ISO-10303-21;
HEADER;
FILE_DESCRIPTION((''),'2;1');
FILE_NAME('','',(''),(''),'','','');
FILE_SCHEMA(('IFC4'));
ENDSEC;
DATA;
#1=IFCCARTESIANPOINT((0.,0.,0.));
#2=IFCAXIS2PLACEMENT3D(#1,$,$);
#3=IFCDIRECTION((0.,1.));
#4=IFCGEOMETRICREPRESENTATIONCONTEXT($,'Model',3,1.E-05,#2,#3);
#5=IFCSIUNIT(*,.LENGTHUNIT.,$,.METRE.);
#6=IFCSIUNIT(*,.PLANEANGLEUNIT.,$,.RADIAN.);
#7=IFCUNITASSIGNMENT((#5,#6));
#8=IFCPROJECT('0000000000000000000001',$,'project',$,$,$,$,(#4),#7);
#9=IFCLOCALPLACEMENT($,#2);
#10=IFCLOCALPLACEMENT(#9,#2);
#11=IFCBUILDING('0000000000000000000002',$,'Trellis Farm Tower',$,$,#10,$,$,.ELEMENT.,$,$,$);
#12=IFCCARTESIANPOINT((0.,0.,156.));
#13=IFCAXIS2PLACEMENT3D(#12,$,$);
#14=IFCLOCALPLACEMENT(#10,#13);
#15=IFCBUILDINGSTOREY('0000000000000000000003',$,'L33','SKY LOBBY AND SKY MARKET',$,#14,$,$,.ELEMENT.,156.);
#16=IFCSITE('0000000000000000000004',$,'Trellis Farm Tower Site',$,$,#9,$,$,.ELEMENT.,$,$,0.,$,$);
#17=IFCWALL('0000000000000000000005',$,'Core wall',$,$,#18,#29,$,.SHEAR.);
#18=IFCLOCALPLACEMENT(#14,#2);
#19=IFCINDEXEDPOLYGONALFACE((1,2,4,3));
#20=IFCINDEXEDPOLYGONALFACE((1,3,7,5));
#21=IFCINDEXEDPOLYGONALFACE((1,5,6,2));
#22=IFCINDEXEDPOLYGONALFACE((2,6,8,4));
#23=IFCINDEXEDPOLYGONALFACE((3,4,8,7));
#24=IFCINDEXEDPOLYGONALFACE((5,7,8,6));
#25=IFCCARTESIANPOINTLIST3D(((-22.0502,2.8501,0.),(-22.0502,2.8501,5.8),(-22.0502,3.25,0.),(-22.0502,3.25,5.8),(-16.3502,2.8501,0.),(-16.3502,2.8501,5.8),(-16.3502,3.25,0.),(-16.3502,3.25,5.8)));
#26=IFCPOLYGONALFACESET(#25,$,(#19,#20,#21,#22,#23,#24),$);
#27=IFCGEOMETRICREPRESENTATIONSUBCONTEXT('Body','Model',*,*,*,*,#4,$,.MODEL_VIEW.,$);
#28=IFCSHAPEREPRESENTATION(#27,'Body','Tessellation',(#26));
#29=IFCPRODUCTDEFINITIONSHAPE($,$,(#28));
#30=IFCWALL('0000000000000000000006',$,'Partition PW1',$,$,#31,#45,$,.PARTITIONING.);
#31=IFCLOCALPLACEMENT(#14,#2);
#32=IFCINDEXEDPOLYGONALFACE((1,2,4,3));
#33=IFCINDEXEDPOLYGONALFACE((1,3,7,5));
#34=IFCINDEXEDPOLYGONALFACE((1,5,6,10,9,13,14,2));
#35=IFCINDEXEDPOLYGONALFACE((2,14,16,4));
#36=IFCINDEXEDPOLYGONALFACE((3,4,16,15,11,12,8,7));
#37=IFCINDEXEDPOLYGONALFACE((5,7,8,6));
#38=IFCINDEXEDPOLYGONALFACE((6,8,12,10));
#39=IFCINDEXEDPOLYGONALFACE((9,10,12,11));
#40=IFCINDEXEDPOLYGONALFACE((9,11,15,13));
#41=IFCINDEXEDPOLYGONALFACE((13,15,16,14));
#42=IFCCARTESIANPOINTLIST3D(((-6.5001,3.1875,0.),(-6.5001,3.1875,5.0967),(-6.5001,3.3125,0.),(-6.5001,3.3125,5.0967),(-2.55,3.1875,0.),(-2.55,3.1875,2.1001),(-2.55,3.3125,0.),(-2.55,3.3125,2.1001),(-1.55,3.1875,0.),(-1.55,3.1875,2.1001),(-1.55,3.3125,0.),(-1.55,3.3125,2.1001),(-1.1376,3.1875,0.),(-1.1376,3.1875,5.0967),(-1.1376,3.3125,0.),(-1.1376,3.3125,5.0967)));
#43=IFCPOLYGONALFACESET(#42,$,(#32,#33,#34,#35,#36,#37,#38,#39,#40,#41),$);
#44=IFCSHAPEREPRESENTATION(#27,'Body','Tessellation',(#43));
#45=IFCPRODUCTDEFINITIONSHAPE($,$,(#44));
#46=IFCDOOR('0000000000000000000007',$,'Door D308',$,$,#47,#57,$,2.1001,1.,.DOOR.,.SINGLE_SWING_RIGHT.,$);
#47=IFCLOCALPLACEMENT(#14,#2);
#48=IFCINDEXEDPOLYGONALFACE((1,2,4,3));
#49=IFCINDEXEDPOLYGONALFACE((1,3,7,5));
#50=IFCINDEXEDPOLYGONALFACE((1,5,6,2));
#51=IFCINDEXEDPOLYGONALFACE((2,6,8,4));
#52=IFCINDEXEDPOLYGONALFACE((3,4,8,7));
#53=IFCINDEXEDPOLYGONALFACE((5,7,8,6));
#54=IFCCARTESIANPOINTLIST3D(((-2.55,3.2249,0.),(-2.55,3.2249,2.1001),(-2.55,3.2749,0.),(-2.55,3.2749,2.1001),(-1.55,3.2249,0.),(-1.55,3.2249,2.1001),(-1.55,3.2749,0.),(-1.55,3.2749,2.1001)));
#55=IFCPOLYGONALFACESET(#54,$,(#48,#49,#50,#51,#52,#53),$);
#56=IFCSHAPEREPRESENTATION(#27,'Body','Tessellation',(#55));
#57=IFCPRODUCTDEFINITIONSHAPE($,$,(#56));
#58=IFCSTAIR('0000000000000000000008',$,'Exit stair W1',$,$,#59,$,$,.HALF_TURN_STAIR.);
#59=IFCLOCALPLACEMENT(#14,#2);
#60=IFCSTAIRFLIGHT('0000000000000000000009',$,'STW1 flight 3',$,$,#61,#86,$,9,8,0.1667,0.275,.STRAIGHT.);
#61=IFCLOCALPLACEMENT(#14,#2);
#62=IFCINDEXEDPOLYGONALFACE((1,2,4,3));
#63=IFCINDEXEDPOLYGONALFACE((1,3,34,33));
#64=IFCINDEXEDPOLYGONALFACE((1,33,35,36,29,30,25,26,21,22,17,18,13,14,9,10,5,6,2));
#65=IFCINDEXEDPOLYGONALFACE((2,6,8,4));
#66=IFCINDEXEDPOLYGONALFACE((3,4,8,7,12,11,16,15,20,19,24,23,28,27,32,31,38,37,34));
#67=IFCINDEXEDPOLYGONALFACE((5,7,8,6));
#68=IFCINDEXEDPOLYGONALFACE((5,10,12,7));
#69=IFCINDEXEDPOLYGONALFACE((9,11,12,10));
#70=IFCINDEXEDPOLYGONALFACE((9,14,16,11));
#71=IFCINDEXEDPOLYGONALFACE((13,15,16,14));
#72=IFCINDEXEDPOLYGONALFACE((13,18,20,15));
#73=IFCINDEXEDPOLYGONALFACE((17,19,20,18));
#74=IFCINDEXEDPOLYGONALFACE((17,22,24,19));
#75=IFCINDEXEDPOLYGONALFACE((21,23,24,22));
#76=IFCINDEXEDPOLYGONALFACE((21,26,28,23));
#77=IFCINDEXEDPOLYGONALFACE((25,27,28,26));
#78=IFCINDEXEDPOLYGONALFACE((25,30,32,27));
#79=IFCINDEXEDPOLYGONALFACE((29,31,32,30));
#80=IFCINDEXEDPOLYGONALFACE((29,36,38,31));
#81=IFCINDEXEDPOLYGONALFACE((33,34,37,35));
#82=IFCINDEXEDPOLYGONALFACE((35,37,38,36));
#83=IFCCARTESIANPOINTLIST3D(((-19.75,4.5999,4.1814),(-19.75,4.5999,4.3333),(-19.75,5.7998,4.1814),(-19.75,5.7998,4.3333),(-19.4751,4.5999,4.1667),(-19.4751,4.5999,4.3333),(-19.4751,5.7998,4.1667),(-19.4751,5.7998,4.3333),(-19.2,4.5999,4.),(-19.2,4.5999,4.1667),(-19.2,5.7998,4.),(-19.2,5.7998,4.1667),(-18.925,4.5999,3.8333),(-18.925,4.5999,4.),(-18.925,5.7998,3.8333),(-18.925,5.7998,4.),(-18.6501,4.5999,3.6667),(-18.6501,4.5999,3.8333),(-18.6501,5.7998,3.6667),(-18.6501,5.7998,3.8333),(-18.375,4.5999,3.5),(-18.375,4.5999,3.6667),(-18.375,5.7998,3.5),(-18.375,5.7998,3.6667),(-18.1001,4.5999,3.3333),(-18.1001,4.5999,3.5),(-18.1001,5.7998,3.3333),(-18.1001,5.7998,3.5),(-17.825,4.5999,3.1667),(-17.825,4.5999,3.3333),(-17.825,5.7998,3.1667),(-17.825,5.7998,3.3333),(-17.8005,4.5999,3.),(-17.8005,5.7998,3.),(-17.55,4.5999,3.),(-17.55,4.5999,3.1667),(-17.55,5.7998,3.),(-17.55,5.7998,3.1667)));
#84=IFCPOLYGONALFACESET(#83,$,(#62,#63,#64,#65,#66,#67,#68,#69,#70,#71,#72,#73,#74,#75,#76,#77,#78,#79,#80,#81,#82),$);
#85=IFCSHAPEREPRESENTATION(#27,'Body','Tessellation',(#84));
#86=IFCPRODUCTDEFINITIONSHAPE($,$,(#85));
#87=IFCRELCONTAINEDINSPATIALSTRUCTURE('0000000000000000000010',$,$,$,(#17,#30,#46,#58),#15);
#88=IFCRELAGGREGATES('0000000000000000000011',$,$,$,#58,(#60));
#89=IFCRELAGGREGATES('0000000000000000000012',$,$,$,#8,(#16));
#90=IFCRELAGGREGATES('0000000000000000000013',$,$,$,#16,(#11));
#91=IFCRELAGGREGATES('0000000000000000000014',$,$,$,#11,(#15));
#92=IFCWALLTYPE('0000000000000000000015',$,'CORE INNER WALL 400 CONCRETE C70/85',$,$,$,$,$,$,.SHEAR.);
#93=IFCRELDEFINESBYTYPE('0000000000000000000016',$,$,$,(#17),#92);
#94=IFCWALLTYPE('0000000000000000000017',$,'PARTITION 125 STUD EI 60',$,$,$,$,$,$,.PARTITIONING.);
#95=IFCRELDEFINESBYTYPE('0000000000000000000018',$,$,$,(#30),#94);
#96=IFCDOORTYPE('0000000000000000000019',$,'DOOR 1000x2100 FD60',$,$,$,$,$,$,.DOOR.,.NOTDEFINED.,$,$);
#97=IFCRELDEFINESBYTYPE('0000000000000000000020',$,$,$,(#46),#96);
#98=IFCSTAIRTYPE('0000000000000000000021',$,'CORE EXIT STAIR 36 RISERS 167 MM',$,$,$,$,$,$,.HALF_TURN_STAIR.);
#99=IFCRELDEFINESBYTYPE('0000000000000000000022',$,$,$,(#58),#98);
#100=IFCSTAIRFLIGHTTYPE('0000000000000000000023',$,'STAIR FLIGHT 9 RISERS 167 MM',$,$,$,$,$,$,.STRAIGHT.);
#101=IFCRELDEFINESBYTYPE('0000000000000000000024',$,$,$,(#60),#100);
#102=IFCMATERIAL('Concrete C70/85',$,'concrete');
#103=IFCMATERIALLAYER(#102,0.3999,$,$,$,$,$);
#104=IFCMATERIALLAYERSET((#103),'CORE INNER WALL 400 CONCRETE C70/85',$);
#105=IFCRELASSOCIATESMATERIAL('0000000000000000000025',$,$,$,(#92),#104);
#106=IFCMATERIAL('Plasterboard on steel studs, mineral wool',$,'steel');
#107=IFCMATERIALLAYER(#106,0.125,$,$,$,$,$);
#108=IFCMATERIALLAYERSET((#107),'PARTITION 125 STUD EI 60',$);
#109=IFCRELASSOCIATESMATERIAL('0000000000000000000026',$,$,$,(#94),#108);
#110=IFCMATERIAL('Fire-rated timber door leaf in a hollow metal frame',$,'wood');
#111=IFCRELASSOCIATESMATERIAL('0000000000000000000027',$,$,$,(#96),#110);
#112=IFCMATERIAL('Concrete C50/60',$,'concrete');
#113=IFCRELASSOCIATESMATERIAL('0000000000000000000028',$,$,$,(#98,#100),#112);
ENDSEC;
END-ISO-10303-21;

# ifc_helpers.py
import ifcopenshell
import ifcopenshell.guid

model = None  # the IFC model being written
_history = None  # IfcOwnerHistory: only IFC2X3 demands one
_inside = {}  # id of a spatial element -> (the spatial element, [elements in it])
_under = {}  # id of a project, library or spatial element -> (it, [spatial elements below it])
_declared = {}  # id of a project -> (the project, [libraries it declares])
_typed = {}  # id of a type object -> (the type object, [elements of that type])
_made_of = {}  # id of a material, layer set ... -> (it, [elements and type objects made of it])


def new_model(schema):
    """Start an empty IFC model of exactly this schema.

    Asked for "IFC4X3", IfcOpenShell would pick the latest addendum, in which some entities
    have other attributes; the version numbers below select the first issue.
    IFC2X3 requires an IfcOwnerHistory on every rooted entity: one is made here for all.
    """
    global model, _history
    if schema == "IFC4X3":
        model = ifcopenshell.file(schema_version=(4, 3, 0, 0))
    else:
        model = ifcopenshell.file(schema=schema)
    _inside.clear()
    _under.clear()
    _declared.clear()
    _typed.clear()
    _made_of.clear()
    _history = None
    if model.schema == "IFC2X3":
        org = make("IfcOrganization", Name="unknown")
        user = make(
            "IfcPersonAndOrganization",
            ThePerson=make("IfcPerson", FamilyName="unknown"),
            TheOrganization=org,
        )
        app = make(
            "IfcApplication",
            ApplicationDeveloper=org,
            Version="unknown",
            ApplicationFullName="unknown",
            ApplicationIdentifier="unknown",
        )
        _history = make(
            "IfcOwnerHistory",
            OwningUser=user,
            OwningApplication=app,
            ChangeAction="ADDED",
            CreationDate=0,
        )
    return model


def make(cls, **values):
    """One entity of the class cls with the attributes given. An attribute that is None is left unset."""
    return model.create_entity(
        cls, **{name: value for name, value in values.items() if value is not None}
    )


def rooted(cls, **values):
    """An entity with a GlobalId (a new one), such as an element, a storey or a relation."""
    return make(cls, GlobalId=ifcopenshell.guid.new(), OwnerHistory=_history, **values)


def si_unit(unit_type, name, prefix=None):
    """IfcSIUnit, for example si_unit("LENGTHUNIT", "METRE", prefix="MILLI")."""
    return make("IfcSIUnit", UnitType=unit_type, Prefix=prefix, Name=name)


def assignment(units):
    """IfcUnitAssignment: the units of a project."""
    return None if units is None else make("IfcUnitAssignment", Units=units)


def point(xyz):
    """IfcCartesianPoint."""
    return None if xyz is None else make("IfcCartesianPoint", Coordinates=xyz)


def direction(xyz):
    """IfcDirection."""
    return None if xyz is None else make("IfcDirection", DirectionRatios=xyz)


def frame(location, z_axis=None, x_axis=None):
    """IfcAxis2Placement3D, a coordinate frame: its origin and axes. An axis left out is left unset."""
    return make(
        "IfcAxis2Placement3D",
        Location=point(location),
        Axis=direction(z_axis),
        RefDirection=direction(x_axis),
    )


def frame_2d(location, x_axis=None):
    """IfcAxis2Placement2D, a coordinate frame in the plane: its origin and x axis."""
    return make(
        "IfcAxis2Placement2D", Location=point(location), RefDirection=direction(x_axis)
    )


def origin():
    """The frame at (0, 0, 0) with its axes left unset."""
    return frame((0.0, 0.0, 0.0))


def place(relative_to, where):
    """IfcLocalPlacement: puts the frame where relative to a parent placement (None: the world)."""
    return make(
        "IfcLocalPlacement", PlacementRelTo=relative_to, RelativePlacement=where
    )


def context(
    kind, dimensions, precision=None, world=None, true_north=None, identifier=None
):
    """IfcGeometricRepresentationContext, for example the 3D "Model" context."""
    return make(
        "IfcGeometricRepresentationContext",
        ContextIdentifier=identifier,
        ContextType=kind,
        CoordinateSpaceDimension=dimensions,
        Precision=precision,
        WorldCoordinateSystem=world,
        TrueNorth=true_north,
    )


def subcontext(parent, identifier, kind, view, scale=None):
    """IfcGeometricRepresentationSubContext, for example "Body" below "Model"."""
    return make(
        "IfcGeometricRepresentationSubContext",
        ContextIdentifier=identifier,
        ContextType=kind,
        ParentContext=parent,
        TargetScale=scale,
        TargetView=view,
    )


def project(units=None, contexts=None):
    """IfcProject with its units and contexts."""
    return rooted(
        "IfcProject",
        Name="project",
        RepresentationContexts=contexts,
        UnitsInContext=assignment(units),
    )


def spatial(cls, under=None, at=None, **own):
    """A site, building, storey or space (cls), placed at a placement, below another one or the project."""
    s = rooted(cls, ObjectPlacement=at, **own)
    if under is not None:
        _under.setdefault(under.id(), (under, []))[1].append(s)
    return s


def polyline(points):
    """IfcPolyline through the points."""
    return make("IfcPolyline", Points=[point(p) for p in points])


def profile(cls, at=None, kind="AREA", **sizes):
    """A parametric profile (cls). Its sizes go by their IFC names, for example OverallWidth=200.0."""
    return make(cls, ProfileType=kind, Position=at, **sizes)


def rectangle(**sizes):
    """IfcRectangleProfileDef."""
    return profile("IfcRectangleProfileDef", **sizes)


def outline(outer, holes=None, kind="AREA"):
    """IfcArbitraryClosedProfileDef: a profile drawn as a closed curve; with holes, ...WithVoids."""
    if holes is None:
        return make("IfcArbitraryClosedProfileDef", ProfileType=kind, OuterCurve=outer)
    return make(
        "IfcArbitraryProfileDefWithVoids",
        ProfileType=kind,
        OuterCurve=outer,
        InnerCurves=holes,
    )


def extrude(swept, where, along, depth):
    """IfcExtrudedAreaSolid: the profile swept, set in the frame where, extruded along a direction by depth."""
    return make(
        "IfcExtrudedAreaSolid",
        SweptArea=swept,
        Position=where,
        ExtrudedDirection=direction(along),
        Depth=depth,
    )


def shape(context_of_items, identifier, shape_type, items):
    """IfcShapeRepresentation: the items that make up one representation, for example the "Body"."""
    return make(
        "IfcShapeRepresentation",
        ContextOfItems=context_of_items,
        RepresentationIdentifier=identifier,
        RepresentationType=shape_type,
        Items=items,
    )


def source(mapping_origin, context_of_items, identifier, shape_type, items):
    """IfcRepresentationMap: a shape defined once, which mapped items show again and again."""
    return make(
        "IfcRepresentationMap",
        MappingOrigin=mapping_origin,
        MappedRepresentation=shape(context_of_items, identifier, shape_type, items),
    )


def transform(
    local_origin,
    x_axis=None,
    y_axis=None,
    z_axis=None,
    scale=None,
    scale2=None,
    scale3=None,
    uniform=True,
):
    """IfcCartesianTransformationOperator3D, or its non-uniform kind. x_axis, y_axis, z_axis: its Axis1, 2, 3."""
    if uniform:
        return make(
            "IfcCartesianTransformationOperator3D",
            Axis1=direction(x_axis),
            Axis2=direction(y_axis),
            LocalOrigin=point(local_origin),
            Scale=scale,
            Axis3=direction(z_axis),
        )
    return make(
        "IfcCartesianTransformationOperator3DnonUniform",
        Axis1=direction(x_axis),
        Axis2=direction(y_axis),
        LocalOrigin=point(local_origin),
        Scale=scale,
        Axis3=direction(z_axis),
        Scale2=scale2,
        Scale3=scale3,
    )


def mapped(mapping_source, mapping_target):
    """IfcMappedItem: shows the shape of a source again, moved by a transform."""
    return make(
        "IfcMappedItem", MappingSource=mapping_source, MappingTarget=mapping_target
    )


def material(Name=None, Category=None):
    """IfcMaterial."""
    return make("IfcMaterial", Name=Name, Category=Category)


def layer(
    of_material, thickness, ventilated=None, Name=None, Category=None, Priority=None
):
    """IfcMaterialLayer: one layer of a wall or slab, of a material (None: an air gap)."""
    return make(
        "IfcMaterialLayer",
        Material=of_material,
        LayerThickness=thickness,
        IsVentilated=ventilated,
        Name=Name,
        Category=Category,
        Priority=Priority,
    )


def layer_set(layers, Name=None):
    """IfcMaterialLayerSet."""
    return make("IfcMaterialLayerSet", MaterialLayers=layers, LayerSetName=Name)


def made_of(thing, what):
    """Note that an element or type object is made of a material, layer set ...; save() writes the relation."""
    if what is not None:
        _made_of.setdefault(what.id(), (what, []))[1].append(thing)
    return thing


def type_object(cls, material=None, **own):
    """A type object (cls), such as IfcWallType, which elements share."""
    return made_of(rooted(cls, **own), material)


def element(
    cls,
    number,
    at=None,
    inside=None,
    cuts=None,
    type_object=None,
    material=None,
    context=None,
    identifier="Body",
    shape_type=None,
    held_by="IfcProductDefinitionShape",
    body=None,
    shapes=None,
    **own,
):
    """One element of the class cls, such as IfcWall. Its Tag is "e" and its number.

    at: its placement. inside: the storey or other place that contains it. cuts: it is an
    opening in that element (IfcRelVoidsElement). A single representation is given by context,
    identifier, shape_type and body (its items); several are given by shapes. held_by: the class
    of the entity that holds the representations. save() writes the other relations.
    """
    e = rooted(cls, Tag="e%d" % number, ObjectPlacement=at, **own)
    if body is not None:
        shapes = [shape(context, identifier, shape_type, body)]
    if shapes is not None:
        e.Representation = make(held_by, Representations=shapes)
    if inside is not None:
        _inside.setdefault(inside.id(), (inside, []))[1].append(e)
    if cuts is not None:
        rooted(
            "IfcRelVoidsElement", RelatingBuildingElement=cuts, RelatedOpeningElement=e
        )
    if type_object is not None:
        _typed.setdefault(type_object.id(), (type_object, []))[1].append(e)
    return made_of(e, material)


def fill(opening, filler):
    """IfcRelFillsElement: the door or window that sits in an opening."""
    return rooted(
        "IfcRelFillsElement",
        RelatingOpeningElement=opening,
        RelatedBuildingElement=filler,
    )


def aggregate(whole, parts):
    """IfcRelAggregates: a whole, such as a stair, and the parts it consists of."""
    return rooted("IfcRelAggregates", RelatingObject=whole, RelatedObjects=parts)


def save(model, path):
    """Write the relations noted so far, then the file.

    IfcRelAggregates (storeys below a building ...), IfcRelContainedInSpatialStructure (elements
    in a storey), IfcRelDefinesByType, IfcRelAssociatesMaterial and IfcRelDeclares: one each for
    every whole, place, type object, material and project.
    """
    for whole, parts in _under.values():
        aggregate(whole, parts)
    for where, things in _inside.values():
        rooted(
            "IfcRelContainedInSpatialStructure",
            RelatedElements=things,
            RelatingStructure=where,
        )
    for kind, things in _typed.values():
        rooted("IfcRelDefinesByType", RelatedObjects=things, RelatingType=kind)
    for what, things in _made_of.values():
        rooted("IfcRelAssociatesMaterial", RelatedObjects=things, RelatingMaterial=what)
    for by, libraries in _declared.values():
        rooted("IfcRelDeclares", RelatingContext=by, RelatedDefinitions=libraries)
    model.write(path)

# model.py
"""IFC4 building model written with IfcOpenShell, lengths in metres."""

from ifc_helpers import new_model, si_unit, direction, frame, frame_2d, origin, place, context, subcontext, project, spatial, polyline, rectangle, outline, extrude, source, transform, mapped, material, layer, layer_set, type_object, element, fill, aggregate, save


model = new_model("IFC4")

# Units and contexts
model_context = context("Model", 3, precision=1e-05, world=origin(), true_north=direction((0.0, 1.0)))
body_context = subcontext(model_context, "Body", "Model", "MODEL_VIEW")
ifc_project = project(units=[si_unit("LENGTHUNIT", "METRE"), si_unit("PLANEANGLEUNIT", "RADIAN")], contexts=[model_context])

# Site, building, storey
site_placement = place(None, origin())
site = spatial("IfcSite", under=ifc_project, at=site_placement, Name="Trellis Farm Tower Site", CompositionType="ELEMENT", RefElevation=0.0)
building_placement = place(site_placement, origin())
building = spatial("IfcBuilding", under=site, at=building_placement, Name="Trellis Farm Tower", CompositionType="ELEMENT")
storey_placement = place(building_placement, frame((0.0, 0.0, 156.0)))
storey = spatial("IfcBuildingStorey", under=building, at=storey_placement, Name="L33", Description="SKY LOBBY AND SKY MARKET", CompositionType="ELEMENT", Elevation=156.0)

# Shared definitions
ifc_material_1 = material(Name="Concrete C70/85", Category="concrete")

# Shared definitions
placement = place(storey_placement, origin())

# Shared definitions
ifc_layer_1 = layer(ifc_material_1, 0.3999)
ifc_layer_set_1 = layer_set([ifc_layer_1], Name="CORE INNER WALL 400 CONCRETE C70/85")
wall_type_1 = type_object("IfcWallType", Name="CORE INNER WALL 400 CONCRETE C70/85", PredefinedType="SHEAR", material=ifc_layer_set_1)

# Shared definitions
shared_shape_1 = source(origin(), body_context, "Body", "SweptSolid", [
    extrude(rectangle(XDim=1.0, YDim=2.1001, at=frame_2d((0.5, 1.05))), frame((0.0, 0.0249, 0.0), z_axis=(0.0, -1.0, 0.0), x_axis=(1.0, 0.0, 0.0)), (0.0, 0.0, 1.0), 0.05),
])

# Wall
shared_shape_2 = source(origin(), body_context, "Body", "SweptSolid", [
    extrude(rectangle(XDim=5.7, YDim=0.3999, at=frame_2d((2.8501, 0.0))), origin(), (0.0, 0.0, 1.0), 5.8),
])
wall_1_placement = place(storey_placement, frame((-16.3501, 3.05, 0.0), z_axis=(0.0, 0.0, 1.0), x_axis=(-1.0, 0.0, 0.0)))
element("IfcWall", 1, at=wall_1_placement, inside=storey, type_object=wall_type_1, Name="Core wall", PredefinedType="SHEAR", context=body_context, shape_type="MappedRepresentation", body=[
    mapped(shared_shape_2, transform((0.0, 0.0, 0.0))),
])

# Wall, opening, door
ifc_material_2 = material(Name="Plasterboard on steel studs, mineral wool", Category="steel")
ifc_layer_2 = layer(ifc_material_2, 0.125)
ifc_layer_set_2 = layer_set([ifc_layer_2], Name="PARTITION 125 STUD EI 60")
wall_type_2 = type_object("IfcWallType", Name="PARTITION 125 STUD EI 60", PredefinedType="PARTITIONING", material=ifc_layer_set_2)
shared_shape_3 = source(origin(), body_context, "Body", "SweptSolid", [
    extrude(rectangle(XDim=5.3625, YDim=0.125, at=frame_2d((2.6812, 0.0))), origin(), (0.0, 0.0, 1.0), 5.0967),
])
wall_2_placement = place(storey_placement, frame((-6.5, 3.25, 0.0), z_axis=(0.0, 0.0, 1.0), x_axis=(1.0, 0.0, 0.0)))
wall_2 = element("IfcWall", 2, at=wall_2_placement, inside=storey, type_object=wall_type_2, Name="Partition PW1", PredefinedType="PARTITIONING", context=body_context, shape_type="MappedRepresentation", body=[
    mapped(shared_shape_3, transform((0.0, 0.0, 0.0))),
])
shared_shape_4 = source(origin(), body_context, "Body", "SweptSolid", [
    extrude(rectangle(XDim=1.0, YDim=2.1001, at=frame_2d((0.5, 1.05))), frame((0.0, 0.0725, 0.0), z_axis=(0.0, -1.0, 0.0), x_axis=(1.0, 0.0, 0.0)), (0.0, 0.0, 1.0), 0.145),
])
opening_1_placement = place(wall_2_placement, frame((3.95, 0.0, 0.0)))
opening_1 = element("IfcOpeningElement", 3, at=opening_1_placement, cuts=wall_2, PredefinedType="OPENING", context=body_context, shape_type="MappedRepresentation", body=[
    mapped(shared_shape_4, transform((0.0, 0.0, 0.0))),
])
ifc_material_3 = material(Name="Fire-rated timber door leaf in a hollow metal frame", Category="wood")
door_type_1 = type_object("IfcDoorType", Name="DOOR 1000x2100 FD60", OperationType="NOTDEFINED", PredefinedType="DOOR", material=ifc_material_3)
door_1_placement = place(opening_1_placement, origin())
door_1 = element("IfcDoor", 4, at=door_1_placement, inside=storey, type_object=door_type_1, Name="Door D308", OperationType="SINGLE_SWING_RIGHT", OverallHeight=2.1001, OverallWidth=1.0, PredefinedType="DOOR", context=body_context, shape_type="MappedRepresentation", body=[
    mapped(shared_shape_1, transform((0.0, 0.0, 0.0))),
])
fill(opening_1, door_1)

# Stair, stair flight
ifc_material_4 = material(Name="Concrete C50/60", Category="concrete")
stair_type = type_object("IfcStairType", Name="CORE EXIT STAIR 36 RISERS 167 MM", PredefinedType="HALF_TURN_STAIR", material=ifc_material_4)
stair = element("IfcStair", 5, at=placement, inside=storey, type_object=stair_type, Name="Exit stair W1", PredefinedType="HALF_TURN_STAIR")
stair_flight_type = type_object("IfcStairFlightType", Name="STAIR FLIGHT 9 RISERS 167 MM", PredefinedType="STRAIGHT", material=ifc_material_4)
shared_shape_5 = source(origin(), body_context, "Body", "SweptSolid", [
    extrude(outline(polyline([(0.0, 0.0), (0.0, 0.1667), (0.2749, 0.1667), (0.2749, 0.3333), (0.55, 0.3333), (0.55, 0.5), (0.825, 0.5), (0.825, 0.6667), (1.1001, 0.6667), (1.1001, 0.8333), (1.375, 0.8333), (1.375, 1.0), (1.6499, 1.0), (1.6499, 1.1667), (1.925, 1.1667), (1.925, 1.3333), (2.2, 1.3333), (2.2, 1.5), (2.2, 1.1814), (0.2505, 0.0), (0.0, 0.0)])), frame((0.0, 0.6001, 0.0), z_axis=(0.0, -1.0, 0.0), x_axis=(1.0, 0.0, 0.0)), (0.0, 0.0, 1.0), 1.2),
])
stair_flight_placement = place(storey_placement, frame((-17.55, 5.2, 3.0), z_axis=(0.0, 0.0, 1.0), x_axis=(-1.0, 0.0, 0.0)))
stair_flight = element("IfcStairFlight", 6, at=stair_flight_placement, type_object=stair_flight_type, Name="STW1 flight 3", NumberOfRisers=9, NumberOfTreads=8, PredefinedType="STRAIGHT", RiserHeight=0.1667, TreadLength=0.275, context=body_context, shape_type="MappedRepresentation", body=[
    mapped(shared_shape_5, transform((0.0, 0.0, 0.0))),
])
aggregate(stair, [stair_flight])

save(model, "model.ifc")
